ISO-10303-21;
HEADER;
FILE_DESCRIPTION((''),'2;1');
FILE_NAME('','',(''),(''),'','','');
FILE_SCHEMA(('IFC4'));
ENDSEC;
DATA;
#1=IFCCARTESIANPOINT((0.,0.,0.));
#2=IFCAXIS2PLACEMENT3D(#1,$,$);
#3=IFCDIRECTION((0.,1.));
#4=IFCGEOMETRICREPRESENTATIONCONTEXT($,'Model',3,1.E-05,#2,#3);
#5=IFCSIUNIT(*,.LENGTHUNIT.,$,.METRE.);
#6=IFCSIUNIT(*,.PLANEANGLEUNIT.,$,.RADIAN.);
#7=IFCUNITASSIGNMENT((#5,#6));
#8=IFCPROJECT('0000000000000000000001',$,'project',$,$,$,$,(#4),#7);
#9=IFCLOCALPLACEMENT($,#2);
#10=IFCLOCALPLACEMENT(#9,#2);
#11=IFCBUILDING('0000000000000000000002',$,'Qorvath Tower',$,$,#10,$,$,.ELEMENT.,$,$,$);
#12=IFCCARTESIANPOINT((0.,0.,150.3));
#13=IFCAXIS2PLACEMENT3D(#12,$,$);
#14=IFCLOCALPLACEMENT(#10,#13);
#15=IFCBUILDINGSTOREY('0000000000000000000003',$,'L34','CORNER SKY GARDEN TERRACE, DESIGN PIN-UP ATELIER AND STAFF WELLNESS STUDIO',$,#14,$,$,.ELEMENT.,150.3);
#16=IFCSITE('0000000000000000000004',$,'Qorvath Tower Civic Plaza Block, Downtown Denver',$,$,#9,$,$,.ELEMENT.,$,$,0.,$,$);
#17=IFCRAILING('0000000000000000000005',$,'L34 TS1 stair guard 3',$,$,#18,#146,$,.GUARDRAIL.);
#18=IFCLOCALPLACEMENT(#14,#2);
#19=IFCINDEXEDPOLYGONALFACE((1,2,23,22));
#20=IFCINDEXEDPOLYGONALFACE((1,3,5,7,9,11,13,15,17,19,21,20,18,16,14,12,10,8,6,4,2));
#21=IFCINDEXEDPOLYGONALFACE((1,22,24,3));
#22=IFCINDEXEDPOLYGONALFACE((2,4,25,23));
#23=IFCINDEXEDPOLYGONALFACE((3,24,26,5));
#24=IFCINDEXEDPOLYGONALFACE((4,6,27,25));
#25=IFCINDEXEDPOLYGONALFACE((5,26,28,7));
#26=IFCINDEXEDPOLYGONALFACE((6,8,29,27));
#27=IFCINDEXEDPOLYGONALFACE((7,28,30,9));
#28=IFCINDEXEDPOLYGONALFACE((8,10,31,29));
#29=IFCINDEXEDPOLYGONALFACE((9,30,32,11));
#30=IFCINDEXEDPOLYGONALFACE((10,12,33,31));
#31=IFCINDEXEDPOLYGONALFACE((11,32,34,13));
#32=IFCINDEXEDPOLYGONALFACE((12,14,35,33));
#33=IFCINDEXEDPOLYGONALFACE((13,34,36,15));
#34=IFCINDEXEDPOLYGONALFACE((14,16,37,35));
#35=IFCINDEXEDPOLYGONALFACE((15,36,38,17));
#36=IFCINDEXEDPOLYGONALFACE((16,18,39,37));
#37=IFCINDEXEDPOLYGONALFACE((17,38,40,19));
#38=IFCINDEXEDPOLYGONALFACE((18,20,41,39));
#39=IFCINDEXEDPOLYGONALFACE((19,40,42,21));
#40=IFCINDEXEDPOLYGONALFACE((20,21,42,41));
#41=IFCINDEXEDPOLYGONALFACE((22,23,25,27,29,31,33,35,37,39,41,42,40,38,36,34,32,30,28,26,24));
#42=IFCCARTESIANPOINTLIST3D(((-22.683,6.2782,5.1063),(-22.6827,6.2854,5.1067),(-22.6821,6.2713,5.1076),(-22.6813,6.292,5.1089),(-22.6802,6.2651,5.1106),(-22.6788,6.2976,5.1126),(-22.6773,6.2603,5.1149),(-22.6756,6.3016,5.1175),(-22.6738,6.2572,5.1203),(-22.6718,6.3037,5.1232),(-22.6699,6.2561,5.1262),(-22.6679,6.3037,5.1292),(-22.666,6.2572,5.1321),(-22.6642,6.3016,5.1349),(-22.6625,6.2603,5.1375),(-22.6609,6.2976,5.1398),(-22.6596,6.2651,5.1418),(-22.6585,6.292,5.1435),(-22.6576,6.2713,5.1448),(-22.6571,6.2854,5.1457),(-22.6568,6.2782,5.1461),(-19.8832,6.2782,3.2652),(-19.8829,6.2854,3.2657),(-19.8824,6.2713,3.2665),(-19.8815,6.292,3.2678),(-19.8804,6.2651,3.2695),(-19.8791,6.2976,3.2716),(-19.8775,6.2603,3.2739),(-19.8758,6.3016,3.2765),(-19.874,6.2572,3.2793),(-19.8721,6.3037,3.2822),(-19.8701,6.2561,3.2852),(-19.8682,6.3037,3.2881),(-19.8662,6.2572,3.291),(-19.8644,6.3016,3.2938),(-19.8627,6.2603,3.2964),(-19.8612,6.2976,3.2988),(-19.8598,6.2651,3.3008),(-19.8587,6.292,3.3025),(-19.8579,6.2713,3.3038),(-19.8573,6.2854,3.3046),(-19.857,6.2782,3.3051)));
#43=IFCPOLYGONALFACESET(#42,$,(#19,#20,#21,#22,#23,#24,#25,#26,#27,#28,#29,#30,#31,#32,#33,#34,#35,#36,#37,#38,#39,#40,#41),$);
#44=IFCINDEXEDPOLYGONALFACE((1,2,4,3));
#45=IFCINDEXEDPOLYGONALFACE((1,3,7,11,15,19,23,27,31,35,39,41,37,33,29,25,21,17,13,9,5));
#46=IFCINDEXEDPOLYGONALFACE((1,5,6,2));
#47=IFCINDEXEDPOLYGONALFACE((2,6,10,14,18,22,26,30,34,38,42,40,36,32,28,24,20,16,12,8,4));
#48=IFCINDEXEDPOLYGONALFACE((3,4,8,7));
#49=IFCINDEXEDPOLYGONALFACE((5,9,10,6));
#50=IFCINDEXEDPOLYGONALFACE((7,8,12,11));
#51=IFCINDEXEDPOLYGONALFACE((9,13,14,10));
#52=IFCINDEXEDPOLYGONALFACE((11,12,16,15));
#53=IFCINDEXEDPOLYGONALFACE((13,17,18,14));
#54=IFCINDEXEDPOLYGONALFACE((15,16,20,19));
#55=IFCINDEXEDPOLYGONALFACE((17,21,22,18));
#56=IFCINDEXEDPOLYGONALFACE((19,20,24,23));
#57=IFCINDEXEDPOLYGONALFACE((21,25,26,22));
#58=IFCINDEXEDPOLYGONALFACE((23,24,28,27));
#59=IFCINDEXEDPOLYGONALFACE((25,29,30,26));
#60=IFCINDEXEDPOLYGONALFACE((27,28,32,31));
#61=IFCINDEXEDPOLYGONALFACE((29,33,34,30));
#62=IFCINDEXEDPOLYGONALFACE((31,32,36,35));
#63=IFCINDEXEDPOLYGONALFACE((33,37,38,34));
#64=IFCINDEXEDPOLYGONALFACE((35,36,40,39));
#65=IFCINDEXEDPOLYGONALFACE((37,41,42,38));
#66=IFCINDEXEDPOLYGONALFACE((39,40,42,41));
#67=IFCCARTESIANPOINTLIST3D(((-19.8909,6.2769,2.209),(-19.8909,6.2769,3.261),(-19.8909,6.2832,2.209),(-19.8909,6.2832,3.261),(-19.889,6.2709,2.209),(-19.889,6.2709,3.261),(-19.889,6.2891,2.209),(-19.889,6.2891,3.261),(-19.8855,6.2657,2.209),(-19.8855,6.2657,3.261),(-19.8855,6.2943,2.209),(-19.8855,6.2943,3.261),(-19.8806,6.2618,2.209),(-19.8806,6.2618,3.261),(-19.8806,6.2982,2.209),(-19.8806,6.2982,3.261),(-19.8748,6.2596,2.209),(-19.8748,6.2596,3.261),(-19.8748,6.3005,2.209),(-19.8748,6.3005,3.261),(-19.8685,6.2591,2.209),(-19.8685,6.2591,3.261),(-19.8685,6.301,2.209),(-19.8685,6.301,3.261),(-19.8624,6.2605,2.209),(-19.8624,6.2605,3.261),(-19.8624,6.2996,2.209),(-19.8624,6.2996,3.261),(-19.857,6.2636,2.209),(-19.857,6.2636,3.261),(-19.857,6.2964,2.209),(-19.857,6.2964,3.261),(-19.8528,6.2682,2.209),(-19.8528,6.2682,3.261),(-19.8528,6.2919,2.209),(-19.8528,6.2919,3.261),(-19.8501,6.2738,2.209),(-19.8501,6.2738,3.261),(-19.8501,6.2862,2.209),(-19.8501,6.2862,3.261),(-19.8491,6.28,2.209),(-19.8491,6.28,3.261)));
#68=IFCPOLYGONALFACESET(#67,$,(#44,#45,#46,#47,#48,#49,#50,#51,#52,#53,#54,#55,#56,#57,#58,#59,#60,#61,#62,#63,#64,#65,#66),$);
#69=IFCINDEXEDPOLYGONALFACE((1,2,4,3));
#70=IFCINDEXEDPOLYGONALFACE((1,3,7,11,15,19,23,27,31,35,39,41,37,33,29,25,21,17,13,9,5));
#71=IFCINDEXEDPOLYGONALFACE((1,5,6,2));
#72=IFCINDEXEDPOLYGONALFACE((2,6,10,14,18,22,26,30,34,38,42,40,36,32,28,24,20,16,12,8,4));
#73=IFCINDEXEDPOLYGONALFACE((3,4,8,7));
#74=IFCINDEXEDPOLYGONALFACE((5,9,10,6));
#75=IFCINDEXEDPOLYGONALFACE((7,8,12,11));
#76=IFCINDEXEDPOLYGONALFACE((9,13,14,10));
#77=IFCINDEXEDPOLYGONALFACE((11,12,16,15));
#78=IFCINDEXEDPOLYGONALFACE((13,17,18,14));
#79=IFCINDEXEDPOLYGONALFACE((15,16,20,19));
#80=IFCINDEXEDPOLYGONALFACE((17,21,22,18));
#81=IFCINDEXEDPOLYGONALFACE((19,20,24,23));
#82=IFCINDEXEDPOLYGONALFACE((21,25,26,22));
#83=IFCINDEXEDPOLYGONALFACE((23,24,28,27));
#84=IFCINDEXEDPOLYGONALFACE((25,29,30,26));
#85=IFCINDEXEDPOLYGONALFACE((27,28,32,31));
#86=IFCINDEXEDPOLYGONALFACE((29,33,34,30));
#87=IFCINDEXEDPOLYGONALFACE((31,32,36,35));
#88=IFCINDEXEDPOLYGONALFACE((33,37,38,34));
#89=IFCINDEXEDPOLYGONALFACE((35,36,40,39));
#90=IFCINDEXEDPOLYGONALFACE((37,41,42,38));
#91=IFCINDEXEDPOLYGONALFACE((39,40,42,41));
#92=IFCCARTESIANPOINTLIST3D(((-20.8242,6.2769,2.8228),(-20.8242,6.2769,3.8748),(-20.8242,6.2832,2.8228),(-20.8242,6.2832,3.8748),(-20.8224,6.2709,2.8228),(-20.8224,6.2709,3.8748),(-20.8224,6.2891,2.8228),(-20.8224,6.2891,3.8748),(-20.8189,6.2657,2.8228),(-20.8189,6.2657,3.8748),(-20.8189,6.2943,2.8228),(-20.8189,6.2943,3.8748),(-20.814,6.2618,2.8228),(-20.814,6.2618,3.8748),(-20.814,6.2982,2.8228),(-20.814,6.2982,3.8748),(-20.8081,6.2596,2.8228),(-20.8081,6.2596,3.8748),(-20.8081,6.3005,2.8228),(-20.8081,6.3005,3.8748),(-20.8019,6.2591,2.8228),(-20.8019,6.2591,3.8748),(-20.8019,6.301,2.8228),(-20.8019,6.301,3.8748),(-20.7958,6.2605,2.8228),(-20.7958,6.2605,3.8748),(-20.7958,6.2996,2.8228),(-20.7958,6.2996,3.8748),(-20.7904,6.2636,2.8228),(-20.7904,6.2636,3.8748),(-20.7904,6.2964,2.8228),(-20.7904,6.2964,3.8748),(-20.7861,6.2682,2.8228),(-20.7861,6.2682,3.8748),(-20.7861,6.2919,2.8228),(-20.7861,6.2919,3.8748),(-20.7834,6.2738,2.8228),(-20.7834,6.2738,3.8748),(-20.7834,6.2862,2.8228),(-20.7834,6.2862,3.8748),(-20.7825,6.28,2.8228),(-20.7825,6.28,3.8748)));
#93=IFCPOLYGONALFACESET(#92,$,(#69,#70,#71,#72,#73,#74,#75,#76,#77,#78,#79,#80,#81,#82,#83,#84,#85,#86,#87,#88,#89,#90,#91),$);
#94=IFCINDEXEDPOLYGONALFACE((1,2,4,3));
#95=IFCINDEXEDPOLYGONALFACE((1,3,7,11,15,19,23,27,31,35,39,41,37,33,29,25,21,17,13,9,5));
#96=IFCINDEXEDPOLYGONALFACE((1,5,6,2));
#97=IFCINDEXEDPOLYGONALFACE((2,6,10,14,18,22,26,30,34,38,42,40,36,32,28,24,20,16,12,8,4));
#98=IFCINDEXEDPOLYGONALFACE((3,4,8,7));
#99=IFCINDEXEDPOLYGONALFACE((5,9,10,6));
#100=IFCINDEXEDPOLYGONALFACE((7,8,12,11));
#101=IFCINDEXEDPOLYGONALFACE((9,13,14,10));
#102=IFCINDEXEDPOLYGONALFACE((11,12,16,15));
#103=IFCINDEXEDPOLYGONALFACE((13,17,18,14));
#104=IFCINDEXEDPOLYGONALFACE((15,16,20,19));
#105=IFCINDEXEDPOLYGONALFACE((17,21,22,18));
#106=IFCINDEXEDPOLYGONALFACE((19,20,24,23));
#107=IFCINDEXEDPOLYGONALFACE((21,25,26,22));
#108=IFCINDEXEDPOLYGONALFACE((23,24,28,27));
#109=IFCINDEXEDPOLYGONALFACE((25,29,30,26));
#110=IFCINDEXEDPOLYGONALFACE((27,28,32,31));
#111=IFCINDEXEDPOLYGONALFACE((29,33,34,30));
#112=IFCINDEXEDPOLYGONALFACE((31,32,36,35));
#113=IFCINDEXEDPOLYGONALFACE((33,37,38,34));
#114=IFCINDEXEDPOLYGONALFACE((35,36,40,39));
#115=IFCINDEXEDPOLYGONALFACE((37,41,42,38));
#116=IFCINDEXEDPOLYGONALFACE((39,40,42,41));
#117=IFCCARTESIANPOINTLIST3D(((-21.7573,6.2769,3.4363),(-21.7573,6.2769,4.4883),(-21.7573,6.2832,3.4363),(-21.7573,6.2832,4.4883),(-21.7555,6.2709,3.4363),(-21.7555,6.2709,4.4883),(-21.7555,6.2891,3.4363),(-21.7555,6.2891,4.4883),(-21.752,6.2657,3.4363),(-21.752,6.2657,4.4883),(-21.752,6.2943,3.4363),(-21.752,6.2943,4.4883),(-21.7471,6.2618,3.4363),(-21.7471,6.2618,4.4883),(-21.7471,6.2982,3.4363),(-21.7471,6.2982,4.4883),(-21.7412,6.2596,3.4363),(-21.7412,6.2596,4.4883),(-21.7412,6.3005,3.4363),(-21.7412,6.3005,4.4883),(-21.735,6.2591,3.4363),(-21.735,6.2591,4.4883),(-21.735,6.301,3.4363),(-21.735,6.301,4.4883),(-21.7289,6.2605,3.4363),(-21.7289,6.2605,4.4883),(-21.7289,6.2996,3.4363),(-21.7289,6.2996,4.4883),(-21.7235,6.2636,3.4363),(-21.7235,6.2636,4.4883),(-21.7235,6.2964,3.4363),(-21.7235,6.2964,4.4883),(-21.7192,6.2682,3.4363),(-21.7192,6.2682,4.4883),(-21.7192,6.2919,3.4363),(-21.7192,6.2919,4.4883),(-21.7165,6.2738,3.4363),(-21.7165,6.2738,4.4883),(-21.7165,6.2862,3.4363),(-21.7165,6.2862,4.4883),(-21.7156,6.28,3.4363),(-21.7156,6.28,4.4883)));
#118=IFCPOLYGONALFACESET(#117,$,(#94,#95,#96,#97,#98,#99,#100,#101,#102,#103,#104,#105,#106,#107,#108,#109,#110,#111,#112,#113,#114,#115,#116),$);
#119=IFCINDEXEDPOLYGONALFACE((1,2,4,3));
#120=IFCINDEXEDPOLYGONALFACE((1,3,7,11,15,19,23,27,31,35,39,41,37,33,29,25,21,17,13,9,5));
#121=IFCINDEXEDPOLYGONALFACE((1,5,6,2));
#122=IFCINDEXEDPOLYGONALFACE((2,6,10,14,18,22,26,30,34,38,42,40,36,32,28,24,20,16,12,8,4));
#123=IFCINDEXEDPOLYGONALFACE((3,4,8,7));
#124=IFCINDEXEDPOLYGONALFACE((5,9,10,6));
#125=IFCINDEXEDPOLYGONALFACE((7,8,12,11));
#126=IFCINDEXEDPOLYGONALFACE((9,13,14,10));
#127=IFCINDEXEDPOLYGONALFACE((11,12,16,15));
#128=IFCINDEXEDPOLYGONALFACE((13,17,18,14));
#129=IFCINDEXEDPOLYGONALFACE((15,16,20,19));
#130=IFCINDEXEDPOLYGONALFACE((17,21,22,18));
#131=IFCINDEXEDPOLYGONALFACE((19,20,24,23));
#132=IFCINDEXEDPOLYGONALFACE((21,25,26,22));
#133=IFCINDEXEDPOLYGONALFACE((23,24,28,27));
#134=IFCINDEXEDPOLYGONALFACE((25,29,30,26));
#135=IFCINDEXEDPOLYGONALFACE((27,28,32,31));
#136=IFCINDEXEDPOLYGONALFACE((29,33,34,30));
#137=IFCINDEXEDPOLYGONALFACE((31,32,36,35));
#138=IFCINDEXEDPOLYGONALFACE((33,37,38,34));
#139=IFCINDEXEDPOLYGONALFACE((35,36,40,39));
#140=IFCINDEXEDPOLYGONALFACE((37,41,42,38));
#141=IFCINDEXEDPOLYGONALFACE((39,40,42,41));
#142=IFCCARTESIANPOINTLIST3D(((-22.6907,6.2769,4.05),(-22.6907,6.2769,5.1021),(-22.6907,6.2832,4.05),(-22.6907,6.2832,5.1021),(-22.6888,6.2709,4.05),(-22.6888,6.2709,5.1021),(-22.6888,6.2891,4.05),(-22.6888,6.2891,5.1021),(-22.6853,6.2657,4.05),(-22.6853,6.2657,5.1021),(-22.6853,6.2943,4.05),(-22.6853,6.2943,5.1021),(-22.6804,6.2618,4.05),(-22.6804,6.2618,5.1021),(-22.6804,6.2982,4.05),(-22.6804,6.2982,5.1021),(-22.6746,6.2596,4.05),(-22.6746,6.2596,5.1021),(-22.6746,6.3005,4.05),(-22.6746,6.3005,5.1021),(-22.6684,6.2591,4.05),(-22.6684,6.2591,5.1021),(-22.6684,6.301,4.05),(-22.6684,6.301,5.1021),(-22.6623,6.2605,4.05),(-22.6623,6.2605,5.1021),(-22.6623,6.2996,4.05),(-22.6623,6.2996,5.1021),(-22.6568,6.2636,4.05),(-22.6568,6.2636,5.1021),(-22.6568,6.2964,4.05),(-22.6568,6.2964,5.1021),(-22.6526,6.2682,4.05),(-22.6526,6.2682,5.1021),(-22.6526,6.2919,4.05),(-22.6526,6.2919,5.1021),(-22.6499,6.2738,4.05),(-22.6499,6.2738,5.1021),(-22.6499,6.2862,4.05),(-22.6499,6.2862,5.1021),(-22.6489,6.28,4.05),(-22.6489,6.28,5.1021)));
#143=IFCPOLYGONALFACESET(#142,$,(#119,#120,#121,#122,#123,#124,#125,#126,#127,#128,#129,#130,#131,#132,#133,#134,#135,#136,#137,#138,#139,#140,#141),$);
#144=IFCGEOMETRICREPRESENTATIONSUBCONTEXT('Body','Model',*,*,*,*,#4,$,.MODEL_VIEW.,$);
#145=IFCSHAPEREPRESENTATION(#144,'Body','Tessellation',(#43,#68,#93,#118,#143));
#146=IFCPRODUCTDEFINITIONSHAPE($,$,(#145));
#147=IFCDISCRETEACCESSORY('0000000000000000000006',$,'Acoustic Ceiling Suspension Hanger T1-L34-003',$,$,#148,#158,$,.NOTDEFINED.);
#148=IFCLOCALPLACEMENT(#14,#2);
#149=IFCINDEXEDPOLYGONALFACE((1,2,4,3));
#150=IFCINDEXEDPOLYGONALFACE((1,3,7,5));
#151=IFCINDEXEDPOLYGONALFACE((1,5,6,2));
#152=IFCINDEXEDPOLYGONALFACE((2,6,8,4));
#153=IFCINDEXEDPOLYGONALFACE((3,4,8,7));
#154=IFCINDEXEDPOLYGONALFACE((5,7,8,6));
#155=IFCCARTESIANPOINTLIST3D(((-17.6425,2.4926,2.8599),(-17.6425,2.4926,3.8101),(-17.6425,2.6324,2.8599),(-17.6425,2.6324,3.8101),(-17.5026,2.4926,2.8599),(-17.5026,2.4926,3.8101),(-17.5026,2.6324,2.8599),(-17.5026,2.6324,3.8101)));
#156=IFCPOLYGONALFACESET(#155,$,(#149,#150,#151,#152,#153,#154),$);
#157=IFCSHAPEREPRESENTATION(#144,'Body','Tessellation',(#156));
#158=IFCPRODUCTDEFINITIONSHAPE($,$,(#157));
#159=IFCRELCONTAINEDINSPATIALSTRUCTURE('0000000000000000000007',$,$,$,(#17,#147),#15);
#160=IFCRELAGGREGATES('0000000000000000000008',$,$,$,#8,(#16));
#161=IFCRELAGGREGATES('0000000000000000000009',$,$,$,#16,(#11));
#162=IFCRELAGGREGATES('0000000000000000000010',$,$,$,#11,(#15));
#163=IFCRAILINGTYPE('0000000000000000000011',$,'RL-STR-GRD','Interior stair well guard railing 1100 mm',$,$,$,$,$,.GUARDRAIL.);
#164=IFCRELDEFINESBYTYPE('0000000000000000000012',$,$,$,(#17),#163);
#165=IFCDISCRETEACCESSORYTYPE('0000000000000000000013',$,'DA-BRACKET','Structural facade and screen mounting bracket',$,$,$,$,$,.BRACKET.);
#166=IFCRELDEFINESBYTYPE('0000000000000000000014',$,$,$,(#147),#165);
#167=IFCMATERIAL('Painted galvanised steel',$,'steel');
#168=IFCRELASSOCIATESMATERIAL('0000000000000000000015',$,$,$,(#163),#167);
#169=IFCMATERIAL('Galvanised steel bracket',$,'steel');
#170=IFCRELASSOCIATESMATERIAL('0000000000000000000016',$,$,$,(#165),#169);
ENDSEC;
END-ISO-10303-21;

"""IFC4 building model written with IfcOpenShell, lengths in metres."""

from ifc_helpers import new_model, si_unit, direction, frame, origin, origin_2d, place, context, subcontext, project, spatial, rectangle, circle, extrude, material, type_object, element, save


model = new_model("IFC4")

# Units and contexts
model_context = context("Model", 3, precision=1e-05, world=origin(), true_north=direction((0.0, 1.0)))
body_context = subcontext(model_context, "Body", "Model", "MODEL_VIEW")
ifc_project = project(units=[si_unit("LENGTHUNIT", "METRE"), si_unit("PLANEANGLEUNIT", "RADIAN")], contexts=[model_context])

# Site, building, storey
site_placement = place(None, origin())
site = spatial("IfcSite", under=ifc_project, at=site_placement, Name="Qorvath Tower Civic Plaza Block, Downtown Denver", CompositionType="ELEMENT", RefElevation=0.0)
building_placement = place(site_placement, origin())
building = spatial("IfcBuilding", under=site, at=building_placement, Name="Qorvath Tower", CompositionType="ELEMENT")
storey_placement = place(building_placement, frame((0.0, 0.0, 150.3)))
storey = spatial("IfcBuildingStorey", under=building, at=storey_placement, Name="L34", Description="CORNER SKY GARDEN TERRACE, DESIGN PIN-UP ATELIER AND STAFF WELLNESS STUDIO", CompositionType="ELEMENT", Elevation=150.3)

# Railing
ifc_material_1 = material(Name="Painted galvanised steel", Category="steel")
railing_type = type_object("IfcRailingType", Name="RL-STR-GRD", Description="Interior stair well guard railing 1100 mm", PredefinedType="GUARDRAIL", material=ifc_material_1)
railing_1_placement = place(storey_placement, frame((-19.8701, 6.28, 2.209)))
element("IfcRailing", 1, at=railing_1_placement, inside=storey, type_object=railing_type, Name="L34 TS1 stair guard 3", PredefinedType="GUARDRAIL", context=body_context, shape_type="SweptSolid", body=[
    extrude(circle(Radius=0.0239, at=origin_2d()), frame((0.0, 0.0, 1.0762), z_axis=(-0.835542, 0.0, 0.549426), x_axis=(0.0, -1.0, 0.0)), (0.0, 0.0, 1.0), 3.3508),
    extrude(circle(Radius=0.021, at=origin_2d()), origin(), (0.0, 0.0, 1.0), 1.052),
    extrude(circle(Radius=0.021, at=origin_2d()), frame((-0.9333, 0.0, 0.6138)), (0.0, 0.0, 1.0), 1.052),
    extrude(circle(Radius=0.021, at=origin_2d()), frame((-1.8665, 0.0, 1.2273)), (0.0, 0.0, 1.0), 1.052),
    extrude(circle(Radius=0.021, at=origin_2d()), frame((-2.7998, 0.0, 1.8411)), (0.0, 0.0, 1.0), 1.052),
])

# Discrete accessory
ifc_material_2 = material(Name="Galvanised steel bracket", Category="steel")
discrete_accessory_type = type_object("IfcDiscreteAccessoryType", Name="DA-BRACKET", Description="Structural facade and screen mounting bracket", PredefinedType="BRACKET", material=ifc_material_2)
discrete_accessory_placement = place(storey_placement, frame((-17.5725, 2.5625, 2.8599), z_axis=(0.0, 0.0, 1.0), x_axis=(1.0, 0.0, 0.0)))
element("IfcDiscreteAccessory", 2, at=discrete_accessory_placement, inside=storey, type_object=discrete_accessory_type, Name="Acoustic Ceiling Suspension Hanger T1-L34-003", PredefinedType="NOTDEFINED", context=body_context, shape_type="SweptSolid", body=[
    extrude(rectangle(XDim=0.1399, YDim=0.1399, at=origin_2d()), origin(), (0.0, 0.0, 1.0), 0.9502),
])

save(model, "model.ifc")
